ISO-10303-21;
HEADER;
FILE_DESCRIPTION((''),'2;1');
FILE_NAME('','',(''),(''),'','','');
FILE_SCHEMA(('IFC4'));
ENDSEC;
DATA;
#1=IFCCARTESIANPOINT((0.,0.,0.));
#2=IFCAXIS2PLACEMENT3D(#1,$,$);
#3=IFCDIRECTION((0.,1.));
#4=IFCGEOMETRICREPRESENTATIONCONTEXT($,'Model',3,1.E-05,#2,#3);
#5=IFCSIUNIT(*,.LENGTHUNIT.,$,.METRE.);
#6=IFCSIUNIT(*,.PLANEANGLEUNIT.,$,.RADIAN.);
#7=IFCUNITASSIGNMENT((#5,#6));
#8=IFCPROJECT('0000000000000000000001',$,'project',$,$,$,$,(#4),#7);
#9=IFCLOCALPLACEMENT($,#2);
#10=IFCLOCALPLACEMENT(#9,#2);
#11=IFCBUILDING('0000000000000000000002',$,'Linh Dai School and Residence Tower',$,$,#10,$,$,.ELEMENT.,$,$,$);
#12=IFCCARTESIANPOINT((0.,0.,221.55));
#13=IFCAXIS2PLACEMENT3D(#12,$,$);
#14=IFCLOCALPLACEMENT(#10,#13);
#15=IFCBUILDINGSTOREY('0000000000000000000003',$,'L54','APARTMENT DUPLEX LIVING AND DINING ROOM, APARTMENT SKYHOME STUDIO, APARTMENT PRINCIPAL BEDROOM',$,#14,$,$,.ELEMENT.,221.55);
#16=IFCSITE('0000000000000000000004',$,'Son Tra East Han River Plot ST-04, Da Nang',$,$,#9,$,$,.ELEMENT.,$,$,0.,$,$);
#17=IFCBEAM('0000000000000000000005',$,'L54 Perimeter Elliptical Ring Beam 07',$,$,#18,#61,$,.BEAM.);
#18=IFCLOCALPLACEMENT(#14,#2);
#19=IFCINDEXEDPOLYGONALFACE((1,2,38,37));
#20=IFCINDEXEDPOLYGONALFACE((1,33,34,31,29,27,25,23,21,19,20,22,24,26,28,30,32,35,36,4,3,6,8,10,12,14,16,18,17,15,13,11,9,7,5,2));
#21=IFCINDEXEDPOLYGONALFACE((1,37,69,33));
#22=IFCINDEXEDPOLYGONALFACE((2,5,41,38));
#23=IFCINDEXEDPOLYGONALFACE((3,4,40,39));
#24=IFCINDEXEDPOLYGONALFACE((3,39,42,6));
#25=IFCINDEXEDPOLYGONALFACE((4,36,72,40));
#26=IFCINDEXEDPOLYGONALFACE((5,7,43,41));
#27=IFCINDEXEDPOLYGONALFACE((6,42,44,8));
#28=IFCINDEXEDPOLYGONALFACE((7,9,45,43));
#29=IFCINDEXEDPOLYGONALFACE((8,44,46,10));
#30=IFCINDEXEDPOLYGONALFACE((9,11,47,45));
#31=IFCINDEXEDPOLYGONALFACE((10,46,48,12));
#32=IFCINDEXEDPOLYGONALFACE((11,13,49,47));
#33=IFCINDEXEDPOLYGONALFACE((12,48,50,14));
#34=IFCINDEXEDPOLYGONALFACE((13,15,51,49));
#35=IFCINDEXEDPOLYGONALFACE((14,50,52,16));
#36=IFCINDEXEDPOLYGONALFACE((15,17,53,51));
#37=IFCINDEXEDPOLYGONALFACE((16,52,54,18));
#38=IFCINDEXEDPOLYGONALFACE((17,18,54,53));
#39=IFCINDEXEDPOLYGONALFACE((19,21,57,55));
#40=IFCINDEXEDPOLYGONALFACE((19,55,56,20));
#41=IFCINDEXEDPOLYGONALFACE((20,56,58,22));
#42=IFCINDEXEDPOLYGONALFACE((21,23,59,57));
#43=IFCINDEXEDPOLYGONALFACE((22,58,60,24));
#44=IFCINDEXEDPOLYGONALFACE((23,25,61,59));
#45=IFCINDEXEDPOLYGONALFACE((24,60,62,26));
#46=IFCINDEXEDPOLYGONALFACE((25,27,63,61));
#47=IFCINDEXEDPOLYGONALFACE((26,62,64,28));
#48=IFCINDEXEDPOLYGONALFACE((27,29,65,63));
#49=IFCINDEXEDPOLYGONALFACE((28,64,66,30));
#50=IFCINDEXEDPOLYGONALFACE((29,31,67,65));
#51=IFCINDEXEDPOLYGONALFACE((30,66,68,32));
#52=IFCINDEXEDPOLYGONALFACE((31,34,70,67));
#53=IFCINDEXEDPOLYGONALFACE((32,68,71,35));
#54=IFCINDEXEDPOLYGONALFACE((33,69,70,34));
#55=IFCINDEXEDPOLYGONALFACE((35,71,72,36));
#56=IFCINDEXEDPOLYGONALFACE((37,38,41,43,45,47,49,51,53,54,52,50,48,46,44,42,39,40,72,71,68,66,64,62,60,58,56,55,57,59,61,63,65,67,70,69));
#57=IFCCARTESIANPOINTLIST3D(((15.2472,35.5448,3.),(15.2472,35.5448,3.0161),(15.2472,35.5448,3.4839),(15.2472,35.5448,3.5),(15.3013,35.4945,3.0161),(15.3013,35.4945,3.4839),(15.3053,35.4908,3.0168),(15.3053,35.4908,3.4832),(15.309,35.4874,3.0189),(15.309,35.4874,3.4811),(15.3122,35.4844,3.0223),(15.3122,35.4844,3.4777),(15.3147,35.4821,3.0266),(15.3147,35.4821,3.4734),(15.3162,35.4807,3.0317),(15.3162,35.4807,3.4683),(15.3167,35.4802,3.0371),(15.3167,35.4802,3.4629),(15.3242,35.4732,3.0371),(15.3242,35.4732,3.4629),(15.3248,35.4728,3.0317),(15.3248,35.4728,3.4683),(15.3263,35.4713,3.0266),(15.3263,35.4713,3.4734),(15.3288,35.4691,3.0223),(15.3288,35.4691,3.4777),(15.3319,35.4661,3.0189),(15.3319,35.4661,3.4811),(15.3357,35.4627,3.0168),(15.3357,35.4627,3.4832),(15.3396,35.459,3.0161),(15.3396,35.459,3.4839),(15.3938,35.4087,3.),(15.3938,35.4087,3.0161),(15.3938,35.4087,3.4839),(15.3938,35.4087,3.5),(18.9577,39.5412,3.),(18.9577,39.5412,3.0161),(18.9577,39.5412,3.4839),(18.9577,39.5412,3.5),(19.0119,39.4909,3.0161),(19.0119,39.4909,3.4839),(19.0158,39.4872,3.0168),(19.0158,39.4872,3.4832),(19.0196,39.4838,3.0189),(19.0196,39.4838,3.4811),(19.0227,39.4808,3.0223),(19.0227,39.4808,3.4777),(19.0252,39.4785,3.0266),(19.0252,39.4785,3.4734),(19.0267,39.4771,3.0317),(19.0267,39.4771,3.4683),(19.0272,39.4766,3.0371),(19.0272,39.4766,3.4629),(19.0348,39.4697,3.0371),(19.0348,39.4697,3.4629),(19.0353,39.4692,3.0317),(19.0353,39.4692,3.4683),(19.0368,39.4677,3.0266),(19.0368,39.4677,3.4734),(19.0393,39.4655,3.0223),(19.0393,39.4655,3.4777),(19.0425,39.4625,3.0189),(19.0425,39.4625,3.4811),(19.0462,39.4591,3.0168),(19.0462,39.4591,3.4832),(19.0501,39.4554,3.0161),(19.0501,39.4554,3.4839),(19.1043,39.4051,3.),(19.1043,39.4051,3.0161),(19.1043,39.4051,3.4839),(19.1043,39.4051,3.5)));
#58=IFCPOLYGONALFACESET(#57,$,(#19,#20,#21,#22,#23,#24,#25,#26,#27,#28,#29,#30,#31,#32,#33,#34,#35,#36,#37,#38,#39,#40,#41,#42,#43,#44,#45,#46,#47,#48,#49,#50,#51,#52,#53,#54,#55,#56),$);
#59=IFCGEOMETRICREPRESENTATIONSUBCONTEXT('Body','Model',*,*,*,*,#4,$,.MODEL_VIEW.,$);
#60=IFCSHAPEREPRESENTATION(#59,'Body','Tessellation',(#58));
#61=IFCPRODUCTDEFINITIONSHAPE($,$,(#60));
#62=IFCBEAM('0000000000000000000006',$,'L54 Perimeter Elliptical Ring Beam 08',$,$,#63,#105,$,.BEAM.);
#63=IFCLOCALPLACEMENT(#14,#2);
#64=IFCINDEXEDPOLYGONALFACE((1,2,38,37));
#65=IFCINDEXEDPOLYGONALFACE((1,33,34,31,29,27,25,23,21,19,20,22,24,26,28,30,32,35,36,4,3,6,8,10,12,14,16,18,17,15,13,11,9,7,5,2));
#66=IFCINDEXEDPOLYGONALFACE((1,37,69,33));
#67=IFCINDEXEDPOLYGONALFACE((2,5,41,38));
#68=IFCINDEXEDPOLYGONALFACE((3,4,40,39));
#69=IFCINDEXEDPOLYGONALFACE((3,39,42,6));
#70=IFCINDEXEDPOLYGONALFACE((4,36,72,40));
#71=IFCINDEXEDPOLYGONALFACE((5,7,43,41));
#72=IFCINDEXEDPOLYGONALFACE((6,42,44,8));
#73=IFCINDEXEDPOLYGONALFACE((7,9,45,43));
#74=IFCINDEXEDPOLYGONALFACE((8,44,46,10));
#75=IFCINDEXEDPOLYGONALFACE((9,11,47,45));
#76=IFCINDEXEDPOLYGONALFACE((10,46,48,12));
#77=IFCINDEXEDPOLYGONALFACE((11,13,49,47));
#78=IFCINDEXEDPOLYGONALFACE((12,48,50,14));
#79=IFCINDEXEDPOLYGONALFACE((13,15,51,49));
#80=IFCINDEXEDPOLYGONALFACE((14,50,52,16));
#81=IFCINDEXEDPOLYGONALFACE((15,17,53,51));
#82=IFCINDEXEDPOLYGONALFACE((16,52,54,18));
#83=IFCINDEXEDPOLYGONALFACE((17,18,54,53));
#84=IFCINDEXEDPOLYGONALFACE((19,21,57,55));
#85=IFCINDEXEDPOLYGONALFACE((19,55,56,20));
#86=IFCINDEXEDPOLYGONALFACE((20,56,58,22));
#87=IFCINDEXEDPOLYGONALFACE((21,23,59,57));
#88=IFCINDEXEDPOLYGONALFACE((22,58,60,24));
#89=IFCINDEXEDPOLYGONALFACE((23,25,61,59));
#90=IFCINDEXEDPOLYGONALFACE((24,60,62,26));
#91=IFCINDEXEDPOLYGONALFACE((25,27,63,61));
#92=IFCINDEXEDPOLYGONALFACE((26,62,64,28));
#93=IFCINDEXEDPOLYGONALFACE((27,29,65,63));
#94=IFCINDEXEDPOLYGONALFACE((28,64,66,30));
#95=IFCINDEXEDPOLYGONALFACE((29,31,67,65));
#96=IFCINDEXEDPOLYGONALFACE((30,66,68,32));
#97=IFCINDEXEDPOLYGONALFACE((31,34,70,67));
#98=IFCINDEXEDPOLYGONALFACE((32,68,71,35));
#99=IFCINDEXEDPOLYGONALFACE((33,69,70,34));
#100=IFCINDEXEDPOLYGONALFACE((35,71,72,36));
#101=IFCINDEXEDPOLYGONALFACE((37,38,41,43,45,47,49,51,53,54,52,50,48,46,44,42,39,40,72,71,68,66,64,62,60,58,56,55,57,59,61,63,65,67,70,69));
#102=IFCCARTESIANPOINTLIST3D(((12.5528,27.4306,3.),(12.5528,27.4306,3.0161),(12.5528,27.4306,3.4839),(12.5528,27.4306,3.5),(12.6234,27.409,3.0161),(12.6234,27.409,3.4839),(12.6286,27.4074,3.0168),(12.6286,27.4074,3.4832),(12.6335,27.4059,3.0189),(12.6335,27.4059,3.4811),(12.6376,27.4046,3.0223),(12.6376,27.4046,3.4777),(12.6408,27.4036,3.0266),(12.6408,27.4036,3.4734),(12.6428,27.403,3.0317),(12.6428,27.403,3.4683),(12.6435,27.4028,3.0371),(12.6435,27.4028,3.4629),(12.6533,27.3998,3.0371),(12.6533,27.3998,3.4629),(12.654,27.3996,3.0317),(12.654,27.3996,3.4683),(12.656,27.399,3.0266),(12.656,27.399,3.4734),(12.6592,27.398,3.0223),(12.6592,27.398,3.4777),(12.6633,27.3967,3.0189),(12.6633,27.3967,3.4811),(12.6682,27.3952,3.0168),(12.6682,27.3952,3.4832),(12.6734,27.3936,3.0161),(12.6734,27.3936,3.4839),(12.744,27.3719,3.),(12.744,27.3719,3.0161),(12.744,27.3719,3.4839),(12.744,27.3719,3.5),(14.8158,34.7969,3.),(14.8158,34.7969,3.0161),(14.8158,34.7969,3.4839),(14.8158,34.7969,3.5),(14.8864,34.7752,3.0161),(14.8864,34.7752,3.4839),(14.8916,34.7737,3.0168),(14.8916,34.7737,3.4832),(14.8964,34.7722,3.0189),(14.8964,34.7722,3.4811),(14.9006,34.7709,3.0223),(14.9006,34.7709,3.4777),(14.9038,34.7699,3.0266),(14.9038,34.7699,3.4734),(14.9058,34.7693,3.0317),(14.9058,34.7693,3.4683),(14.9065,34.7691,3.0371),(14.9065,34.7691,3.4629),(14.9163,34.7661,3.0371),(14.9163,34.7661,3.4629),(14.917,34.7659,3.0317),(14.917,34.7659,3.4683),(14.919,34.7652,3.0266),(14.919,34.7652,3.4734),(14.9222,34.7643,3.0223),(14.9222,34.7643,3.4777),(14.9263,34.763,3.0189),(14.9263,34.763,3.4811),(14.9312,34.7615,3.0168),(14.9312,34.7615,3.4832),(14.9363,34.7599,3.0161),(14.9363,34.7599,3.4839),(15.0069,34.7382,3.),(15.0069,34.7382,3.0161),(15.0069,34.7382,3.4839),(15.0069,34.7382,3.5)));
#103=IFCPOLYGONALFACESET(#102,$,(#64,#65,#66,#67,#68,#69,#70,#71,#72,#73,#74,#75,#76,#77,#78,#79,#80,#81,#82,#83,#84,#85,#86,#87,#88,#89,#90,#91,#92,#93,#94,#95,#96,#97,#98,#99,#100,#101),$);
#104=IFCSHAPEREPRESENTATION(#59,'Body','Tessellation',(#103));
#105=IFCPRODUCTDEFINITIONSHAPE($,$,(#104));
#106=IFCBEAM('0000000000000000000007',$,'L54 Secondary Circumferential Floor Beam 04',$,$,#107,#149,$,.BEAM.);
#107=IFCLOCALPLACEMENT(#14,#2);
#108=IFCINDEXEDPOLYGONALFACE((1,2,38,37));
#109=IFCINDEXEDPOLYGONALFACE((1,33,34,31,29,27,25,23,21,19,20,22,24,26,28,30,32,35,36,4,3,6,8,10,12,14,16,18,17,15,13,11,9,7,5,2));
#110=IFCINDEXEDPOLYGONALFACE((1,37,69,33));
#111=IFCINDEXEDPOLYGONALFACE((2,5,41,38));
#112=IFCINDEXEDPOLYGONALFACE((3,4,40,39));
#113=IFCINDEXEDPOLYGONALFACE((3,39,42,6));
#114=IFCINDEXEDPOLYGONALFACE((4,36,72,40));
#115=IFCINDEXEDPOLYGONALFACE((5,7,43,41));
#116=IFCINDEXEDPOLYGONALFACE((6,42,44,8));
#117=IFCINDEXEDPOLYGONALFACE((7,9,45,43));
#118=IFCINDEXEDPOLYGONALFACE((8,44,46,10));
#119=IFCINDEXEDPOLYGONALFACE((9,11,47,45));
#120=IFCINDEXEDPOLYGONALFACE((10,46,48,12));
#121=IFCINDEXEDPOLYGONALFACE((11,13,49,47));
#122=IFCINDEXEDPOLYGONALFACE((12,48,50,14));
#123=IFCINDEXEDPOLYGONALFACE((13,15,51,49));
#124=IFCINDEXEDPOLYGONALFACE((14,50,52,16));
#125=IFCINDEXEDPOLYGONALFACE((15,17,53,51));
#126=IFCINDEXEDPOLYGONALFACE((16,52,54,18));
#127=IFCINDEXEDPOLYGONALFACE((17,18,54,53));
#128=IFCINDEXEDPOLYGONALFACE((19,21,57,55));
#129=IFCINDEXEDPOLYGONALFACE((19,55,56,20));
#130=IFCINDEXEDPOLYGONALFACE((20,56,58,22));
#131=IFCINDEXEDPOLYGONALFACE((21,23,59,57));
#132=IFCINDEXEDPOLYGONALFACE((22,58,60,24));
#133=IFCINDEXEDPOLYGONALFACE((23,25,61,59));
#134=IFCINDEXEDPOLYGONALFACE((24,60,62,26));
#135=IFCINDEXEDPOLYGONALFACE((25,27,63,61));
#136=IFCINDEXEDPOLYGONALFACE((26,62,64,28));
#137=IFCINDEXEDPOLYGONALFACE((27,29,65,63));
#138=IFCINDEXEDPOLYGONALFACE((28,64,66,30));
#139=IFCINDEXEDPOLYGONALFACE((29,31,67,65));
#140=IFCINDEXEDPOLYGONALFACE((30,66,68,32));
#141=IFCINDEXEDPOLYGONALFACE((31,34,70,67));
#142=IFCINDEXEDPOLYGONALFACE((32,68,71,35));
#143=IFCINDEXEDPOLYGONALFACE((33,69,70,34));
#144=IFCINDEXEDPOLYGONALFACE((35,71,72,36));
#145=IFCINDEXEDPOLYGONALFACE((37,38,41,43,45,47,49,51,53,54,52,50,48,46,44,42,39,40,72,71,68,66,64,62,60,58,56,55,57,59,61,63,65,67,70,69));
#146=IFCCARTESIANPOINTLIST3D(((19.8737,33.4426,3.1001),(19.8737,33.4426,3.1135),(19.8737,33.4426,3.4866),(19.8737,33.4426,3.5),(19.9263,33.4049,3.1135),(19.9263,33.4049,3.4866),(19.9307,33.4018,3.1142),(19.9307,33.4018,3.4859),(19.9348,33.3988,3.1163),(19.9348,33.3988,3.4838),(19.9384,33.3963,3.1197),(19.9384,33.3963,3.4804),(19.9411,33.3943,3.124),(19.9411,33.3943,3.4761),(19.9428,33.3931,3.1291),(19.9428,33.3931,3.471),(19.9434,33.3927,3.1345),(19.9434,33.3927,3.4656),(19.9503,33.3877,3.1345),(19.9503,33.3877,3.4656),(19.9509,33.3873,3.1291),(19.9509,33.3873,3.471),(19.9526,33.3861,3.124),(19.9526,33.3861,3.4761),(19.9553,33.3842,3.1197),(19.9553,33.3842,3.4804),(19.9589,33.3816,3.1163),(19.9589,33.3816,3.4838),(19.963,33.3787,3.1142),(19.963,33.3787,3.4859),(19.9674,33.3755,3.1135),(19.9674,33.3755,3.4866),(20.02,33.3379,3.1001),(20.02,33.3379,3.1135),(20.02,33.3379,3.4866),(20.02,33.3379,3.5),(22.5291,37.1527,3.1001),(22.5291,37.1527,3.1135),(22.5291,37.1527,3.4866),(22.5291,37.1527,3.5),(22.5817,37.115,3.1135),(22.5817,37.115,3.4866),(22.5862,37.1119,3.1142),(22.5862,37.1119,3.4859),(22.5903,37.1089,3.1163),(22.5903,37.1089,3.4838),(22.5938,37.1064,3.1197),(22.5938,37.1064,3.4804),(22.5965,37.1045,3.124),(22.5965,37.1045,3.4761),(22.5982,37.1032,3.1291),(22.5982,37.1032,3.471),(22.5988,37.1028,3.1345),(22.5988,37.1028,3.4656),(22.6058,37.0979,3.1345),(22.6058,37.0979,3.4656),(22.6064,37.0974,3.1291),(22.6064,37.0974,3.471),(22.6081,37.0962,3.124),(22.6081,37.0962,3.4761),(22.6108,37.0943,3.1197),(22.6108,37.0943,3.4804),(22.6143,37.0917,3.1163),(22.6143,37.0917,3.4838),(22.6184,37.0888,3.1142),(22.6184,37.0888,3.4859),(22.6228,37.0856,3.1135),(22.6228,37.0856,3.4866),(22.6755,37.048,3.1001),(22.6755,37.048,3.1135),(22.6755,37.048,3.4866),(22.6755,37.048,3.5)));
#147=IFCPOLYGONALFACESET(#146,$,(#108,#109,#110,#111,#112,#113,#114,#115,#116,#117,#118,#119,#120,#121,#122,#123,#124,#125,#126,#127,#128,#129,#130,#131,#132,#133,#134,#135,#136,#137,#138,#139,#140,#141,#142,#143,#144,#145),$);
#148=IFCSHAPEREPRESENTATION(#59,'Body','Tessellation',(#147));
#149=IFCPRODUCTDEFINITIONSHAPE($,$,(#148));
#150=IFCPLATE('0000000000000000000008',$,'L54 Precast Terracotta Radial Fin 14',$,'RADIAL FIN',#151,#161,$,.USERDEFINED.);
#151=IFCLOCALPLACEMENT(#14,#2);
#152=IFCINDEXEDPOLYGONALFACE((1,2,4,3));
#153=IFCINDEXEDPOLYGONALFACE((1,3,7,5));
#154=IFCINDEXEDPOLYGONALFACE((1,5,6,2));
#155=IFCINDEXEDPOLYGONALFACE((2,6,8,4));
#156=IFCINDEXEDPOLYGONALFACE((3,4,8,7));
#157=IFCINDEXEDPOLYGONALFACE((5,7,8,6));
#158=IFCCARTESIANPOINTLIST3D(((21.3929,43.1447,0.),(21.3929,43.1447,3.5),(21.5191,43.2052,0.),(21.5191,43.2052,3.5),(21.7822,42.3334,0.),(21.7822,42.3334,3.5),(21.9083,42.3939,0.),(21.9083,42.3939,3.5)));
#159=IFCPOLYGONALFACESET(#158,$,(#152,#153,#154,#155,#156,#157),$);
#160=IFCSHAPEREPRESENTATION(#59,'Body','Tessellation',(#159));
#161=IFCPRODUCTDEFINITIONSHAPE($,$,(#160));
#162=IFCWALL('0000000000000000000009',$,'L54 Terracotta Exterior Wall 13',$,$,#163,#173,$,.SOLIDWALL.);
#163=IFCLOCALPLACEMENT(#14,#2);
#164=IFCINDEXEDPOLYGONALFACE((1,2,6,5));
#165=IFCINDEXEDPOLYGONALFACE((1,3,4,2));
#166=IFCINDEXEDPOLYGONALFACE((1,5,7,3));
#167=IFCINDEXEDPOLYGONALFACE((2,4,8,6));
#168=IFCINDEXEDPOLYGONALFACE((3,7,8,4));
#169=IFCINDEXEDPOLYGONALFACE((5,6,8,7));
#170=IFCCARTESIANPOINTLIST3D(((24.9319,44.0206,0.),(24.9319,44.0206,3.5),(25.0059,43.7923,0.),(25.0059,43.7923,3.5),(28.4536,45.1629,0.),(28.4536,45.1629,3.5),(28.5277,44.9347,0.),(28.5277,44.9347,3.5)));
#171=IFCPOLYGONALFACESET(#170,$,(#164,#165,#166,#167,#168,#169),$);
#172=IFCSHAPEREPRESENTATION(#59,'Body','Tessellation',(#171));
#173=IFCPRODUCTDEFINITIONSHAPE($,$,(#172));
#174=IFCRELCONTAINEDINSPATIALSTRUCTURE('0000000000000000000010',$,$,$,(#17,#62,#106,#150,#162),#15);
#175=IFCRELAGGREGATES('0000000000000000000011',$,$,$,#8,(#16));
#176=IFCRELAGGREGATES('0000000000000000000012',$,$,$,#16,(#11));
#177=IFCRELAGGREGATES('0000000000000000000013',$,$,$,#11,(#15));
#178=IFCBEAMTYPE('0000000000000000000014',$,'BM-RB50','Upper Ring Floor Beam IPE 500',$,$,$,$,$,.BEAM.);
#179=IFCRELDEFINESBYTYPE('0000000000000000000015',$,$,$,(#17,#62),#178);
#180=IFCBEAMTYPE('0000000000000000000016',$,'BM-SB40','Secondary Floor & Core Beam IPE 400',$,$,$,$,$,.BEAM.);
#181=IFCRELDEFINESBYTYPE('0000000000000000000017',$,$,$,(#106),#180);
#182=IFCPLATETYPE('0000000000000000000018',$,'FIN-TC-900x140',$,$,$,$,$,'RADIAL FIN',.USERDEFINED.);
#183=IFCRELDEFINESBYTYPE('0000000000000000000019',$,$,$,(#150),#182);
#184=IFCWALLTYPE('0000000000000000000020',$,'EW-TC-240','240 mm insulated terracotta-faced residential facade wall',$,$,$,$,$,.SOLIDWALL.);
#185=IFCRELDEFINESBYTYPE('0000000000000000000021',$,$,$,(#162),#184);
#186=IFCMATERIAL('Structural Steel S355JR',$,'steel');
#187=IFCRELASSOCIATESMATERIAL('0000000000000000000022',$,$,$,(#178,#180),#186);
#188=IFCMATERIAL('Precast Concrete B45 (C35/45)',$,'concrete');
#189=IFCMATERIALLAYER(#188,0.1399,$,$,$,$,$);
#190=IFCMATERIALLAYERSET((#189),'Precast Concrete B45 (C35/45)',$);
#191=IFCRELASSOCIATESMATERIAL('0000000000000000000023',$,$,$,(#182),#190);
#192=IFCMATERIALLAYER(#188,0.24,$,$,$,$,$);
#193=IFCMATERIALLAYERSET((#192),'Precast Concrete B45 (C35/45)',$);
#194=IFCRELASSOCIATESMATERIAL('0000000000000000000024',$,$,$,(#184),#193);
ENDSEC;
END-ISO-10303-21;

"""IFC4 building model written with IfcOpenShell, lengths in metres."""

from ifc_helpers import new_model, si_unit, direction, frame, frame_2d, origin, origin_2d, place, context, subcontext, project, spatial, rectangle, i_section, extrude, source, transform, mapped, material, layer, layer_set, material_profile, profile_set, type_object, element, save


model = new_model("IFC4")

# Units and contexts
model_context = context("Model", 3, precision=1e-05, world=origin(), true_north=direction((0.0, 1.0)))
body_context = subcontext(model_context, "Body", "Model", "MODEL_VIEW")
ifc_project = project(units=[si_unit("LENGTHUNIT", "METRE"), si_unit("PLANEANGLEUNIT", "RADIAN")], contexts=[model_context])

# Site, building, storey
site_placement = place(None, origin())
site = spatial("IfcSite", under=ifc_project, at=site_placement, Name="Son Tra East Han River Plot ST-04, Da Nang", CompositionType="ELEMENT", RefElevation=0.0)
building_placement = place(site_placement, origin())
building = spatial("IfcBuilding", under=site, at=building_placement, Name="Linh Dai School and Residence Tower", CompositionType="ELEMENT")
storey_placement = place(building_placement, frame((0.0, 0.0, 221.55)))
storey = spatial("IfcBuildingStorey", under=building, at=storey_placement, Name="L54", Description="APARTMENT DUPLEX LIVING AND DINING ROOM, APARTMENT SKYHOME STUDIO, APARTMENT PRINCIPAL BEDROOM", CompositionType="ELEMENT", Elevation=221.55)

# Shared definitions
ifc_material_1 = material(Name="Structural Steel S355JR", Category="steel")

# Beams
ifc_material_profile_1 = material_profile(ifc_material_1, i_section(OverallWidth=0.2, OverallDepth=0.5, WebThickness=0.0103, FlangeThickness=0.0161, FilletRadius=0.021, at=origin_2d()), Name="IPE 500")
ifc_profile_set_1 = profile_set([ifc_material_profile_1], Name="Structural Steel S355JR")
beam_type_1 = type_object("IfcBeamType", Name="BM-RB50", Description="Upper Ring Floor Beam IPE 500", PredefinedType="BEAM", material=ifc_profile_set_1)
beam_1_placement = place(storey_placement, frame((19.031, 39.4731, 3.25), z_axis=(-0.680408, -0.732833, 0.0), x_axis=(0.732833, -0.680408, 0.0)))
element("IfcBeam", 1, at=beam_1_placement, inside=storey, type_object=beam_type_1, Name="L54 Perimeter Elliptical Ring Beam 07", PredefinedType="BEAM", context=body_context, shape_type="SweptSolid", body=[
    extrude(i_section(OverallWidth=0.2, OverallDepth=0.5, WebThickness=0.0103, FlangeThickness=0.0161, FilletRadius=0.021, at=origin_2d()), origin(), (0.0, 0.0, 1.0), 5.4534),
])
beam_2_placement = place(storey_placement, frame((14.9114, 34.7676, 3.25), z_axis=(-0.293661, -0.95591, 0.0), x_axis=(0.95591, -0.293661, 0.0)))
element("IfcBeam", 2, at=beam_2_placement, inside=storey, type_object=beam_type_1, Name="L54 Perimeter Elliptical Ring Beam 08", PredefinedType="BEAM", context=body_context, shape_type="SweptSolid", body=[
    extrude(i_section(OverallWidth=0.2, OverallDepth=0.5, WebThickness=0.0103, FlangeThickness=0.0161, FilletRadius=0.021, at=origin_2d()), origin(), (0.0, 0.0, 1.0), 7.7061),
])
ifc_material_profile_2 = material_profile(ifc_material_1, i_section(OverallWidth=0.1799, OverallDepth=0.3999, WebThickness=0.0085, FlangeThickness=0.0134, FilletRadius=0.021, at=origin_2d()), Name="IPE 400")
ifc_profile_set_2 = profile_set([ifc_material_profile_2], Name="Structural Steel S355JR")
beam_type_2 = type_object("IfcBeamType", Name="BM-SB40", Description="Secondary Floor & Core Beam IPE 400", PredefinedType="BEAM", material=ifc_profile_set_2)
beam_3_placement = place(storey_placement, frame((22.6023, 37.1003, 3.3), z_axis=(-0.582017, -0.813176, 0.0), x_axis=(0.813176, -0.582017, 0.0)))
element("IfcBeam", 3, at=beam_3_placement, inside=storey, type_object=beam_type_2, Name="L54 Secondary Circumferential Floor Beam 04", PredefinedType="BEAM", context=body_context, shape_type="SweptSolid", body=[
    extrude(i_section(OverallWidth=0.1799, OverallDepth=0.3999, WebThickness=0.0085, FlangeThickness=0.0134, FilletRadius=0.021, at=origin_2d()), origin(), (0.0, 0.0, 1.0), 4.5625),
])

# Plate
ifc_material_2 = material(Name="Precast Concrete B45 (C35/45)", Category="concrete")
ifc_layer_1 = layer(ifc_material_2, 0.1399)
ifc_layer_set_1 = layer_set([ifc_layer_1], Name="Precast Concrete B45 (C35/45)")
plate_type = type_object("IfcPlateType", Name="FIN-TC-900x140", ElementType="RADIAL FIN", PredefinedType="USERDEFINED", material=ifc_layer_set_1)
shared_shape_1 = source(origin(), body_context, "Body", "SweptSolid", [
    extrude(rectangle(XDim=0.8999, YDim=0.1399, at=origin_2d()), origin(), (0.0, 0.0, 1.0), 3.5),
])
plate_placement = place(storey_placement, frame((21.6506, 42.7693, 0.0), z_axis=(0.0, 0.0, 1.0), x_axis=(-0.432594, 0.901589, 0.0)))
element("IfcPlate", 4, at=plate_placement, inside=storey, type_object=plate_type, Name="L54 Precast Terracotta Radial Fin 14", ObjectType="RADIAL FIN", PredefinedType="USERDEFINED", context=body_context, shape_type="MappedRepresentation", body=[
    mapped(shared_shape_1, transform((0.0, 0.0, 0.0), x_axis=(1.0, 0.0, 0.0), y_axis=(0.0, 1.0, 0.0), z_axis=(0.0, 0.0, 1.0), scale=1.0)),
])

# Wall
ifc_layer_2 = layer(ifc_material_2, 0.24)
ifc_layer_set_2 = layer_set([ifc_layer_2], Name="Precast Concrete B45 (C35/45)")
wall_type_1 = type_object("IfcWallType", Name="EW-TC-240", Description="240 mm insulated terracotta-faced residential facade wall", PredefinedType="SOLIDWALL", material=ifc_layer_set_2)
wall_1_placement = place(storey_placement, frame((24.969, 43.9065, 0.0), z_axis=(0.0, 0.0, 1.0), x_axis=(0.951211, 0.308542, 0.0)))
element("IfcWall", 5, at=wall_1_placement, inside=storey, type_object=wall_type_1, Name="L54 Terracotta Exterior Wall 13", PredefinedType="SOLIDWALL", context=body_context, shape_type="SweptSolid", body=[
    extrude(rectangle(XDim=3.7024, YDim=0.24, at=frame_2d((1.8511, 0.0))), origin(), (0.0, 0.0, 1.0), 3.5),
])

save(model, "model.ifc")
